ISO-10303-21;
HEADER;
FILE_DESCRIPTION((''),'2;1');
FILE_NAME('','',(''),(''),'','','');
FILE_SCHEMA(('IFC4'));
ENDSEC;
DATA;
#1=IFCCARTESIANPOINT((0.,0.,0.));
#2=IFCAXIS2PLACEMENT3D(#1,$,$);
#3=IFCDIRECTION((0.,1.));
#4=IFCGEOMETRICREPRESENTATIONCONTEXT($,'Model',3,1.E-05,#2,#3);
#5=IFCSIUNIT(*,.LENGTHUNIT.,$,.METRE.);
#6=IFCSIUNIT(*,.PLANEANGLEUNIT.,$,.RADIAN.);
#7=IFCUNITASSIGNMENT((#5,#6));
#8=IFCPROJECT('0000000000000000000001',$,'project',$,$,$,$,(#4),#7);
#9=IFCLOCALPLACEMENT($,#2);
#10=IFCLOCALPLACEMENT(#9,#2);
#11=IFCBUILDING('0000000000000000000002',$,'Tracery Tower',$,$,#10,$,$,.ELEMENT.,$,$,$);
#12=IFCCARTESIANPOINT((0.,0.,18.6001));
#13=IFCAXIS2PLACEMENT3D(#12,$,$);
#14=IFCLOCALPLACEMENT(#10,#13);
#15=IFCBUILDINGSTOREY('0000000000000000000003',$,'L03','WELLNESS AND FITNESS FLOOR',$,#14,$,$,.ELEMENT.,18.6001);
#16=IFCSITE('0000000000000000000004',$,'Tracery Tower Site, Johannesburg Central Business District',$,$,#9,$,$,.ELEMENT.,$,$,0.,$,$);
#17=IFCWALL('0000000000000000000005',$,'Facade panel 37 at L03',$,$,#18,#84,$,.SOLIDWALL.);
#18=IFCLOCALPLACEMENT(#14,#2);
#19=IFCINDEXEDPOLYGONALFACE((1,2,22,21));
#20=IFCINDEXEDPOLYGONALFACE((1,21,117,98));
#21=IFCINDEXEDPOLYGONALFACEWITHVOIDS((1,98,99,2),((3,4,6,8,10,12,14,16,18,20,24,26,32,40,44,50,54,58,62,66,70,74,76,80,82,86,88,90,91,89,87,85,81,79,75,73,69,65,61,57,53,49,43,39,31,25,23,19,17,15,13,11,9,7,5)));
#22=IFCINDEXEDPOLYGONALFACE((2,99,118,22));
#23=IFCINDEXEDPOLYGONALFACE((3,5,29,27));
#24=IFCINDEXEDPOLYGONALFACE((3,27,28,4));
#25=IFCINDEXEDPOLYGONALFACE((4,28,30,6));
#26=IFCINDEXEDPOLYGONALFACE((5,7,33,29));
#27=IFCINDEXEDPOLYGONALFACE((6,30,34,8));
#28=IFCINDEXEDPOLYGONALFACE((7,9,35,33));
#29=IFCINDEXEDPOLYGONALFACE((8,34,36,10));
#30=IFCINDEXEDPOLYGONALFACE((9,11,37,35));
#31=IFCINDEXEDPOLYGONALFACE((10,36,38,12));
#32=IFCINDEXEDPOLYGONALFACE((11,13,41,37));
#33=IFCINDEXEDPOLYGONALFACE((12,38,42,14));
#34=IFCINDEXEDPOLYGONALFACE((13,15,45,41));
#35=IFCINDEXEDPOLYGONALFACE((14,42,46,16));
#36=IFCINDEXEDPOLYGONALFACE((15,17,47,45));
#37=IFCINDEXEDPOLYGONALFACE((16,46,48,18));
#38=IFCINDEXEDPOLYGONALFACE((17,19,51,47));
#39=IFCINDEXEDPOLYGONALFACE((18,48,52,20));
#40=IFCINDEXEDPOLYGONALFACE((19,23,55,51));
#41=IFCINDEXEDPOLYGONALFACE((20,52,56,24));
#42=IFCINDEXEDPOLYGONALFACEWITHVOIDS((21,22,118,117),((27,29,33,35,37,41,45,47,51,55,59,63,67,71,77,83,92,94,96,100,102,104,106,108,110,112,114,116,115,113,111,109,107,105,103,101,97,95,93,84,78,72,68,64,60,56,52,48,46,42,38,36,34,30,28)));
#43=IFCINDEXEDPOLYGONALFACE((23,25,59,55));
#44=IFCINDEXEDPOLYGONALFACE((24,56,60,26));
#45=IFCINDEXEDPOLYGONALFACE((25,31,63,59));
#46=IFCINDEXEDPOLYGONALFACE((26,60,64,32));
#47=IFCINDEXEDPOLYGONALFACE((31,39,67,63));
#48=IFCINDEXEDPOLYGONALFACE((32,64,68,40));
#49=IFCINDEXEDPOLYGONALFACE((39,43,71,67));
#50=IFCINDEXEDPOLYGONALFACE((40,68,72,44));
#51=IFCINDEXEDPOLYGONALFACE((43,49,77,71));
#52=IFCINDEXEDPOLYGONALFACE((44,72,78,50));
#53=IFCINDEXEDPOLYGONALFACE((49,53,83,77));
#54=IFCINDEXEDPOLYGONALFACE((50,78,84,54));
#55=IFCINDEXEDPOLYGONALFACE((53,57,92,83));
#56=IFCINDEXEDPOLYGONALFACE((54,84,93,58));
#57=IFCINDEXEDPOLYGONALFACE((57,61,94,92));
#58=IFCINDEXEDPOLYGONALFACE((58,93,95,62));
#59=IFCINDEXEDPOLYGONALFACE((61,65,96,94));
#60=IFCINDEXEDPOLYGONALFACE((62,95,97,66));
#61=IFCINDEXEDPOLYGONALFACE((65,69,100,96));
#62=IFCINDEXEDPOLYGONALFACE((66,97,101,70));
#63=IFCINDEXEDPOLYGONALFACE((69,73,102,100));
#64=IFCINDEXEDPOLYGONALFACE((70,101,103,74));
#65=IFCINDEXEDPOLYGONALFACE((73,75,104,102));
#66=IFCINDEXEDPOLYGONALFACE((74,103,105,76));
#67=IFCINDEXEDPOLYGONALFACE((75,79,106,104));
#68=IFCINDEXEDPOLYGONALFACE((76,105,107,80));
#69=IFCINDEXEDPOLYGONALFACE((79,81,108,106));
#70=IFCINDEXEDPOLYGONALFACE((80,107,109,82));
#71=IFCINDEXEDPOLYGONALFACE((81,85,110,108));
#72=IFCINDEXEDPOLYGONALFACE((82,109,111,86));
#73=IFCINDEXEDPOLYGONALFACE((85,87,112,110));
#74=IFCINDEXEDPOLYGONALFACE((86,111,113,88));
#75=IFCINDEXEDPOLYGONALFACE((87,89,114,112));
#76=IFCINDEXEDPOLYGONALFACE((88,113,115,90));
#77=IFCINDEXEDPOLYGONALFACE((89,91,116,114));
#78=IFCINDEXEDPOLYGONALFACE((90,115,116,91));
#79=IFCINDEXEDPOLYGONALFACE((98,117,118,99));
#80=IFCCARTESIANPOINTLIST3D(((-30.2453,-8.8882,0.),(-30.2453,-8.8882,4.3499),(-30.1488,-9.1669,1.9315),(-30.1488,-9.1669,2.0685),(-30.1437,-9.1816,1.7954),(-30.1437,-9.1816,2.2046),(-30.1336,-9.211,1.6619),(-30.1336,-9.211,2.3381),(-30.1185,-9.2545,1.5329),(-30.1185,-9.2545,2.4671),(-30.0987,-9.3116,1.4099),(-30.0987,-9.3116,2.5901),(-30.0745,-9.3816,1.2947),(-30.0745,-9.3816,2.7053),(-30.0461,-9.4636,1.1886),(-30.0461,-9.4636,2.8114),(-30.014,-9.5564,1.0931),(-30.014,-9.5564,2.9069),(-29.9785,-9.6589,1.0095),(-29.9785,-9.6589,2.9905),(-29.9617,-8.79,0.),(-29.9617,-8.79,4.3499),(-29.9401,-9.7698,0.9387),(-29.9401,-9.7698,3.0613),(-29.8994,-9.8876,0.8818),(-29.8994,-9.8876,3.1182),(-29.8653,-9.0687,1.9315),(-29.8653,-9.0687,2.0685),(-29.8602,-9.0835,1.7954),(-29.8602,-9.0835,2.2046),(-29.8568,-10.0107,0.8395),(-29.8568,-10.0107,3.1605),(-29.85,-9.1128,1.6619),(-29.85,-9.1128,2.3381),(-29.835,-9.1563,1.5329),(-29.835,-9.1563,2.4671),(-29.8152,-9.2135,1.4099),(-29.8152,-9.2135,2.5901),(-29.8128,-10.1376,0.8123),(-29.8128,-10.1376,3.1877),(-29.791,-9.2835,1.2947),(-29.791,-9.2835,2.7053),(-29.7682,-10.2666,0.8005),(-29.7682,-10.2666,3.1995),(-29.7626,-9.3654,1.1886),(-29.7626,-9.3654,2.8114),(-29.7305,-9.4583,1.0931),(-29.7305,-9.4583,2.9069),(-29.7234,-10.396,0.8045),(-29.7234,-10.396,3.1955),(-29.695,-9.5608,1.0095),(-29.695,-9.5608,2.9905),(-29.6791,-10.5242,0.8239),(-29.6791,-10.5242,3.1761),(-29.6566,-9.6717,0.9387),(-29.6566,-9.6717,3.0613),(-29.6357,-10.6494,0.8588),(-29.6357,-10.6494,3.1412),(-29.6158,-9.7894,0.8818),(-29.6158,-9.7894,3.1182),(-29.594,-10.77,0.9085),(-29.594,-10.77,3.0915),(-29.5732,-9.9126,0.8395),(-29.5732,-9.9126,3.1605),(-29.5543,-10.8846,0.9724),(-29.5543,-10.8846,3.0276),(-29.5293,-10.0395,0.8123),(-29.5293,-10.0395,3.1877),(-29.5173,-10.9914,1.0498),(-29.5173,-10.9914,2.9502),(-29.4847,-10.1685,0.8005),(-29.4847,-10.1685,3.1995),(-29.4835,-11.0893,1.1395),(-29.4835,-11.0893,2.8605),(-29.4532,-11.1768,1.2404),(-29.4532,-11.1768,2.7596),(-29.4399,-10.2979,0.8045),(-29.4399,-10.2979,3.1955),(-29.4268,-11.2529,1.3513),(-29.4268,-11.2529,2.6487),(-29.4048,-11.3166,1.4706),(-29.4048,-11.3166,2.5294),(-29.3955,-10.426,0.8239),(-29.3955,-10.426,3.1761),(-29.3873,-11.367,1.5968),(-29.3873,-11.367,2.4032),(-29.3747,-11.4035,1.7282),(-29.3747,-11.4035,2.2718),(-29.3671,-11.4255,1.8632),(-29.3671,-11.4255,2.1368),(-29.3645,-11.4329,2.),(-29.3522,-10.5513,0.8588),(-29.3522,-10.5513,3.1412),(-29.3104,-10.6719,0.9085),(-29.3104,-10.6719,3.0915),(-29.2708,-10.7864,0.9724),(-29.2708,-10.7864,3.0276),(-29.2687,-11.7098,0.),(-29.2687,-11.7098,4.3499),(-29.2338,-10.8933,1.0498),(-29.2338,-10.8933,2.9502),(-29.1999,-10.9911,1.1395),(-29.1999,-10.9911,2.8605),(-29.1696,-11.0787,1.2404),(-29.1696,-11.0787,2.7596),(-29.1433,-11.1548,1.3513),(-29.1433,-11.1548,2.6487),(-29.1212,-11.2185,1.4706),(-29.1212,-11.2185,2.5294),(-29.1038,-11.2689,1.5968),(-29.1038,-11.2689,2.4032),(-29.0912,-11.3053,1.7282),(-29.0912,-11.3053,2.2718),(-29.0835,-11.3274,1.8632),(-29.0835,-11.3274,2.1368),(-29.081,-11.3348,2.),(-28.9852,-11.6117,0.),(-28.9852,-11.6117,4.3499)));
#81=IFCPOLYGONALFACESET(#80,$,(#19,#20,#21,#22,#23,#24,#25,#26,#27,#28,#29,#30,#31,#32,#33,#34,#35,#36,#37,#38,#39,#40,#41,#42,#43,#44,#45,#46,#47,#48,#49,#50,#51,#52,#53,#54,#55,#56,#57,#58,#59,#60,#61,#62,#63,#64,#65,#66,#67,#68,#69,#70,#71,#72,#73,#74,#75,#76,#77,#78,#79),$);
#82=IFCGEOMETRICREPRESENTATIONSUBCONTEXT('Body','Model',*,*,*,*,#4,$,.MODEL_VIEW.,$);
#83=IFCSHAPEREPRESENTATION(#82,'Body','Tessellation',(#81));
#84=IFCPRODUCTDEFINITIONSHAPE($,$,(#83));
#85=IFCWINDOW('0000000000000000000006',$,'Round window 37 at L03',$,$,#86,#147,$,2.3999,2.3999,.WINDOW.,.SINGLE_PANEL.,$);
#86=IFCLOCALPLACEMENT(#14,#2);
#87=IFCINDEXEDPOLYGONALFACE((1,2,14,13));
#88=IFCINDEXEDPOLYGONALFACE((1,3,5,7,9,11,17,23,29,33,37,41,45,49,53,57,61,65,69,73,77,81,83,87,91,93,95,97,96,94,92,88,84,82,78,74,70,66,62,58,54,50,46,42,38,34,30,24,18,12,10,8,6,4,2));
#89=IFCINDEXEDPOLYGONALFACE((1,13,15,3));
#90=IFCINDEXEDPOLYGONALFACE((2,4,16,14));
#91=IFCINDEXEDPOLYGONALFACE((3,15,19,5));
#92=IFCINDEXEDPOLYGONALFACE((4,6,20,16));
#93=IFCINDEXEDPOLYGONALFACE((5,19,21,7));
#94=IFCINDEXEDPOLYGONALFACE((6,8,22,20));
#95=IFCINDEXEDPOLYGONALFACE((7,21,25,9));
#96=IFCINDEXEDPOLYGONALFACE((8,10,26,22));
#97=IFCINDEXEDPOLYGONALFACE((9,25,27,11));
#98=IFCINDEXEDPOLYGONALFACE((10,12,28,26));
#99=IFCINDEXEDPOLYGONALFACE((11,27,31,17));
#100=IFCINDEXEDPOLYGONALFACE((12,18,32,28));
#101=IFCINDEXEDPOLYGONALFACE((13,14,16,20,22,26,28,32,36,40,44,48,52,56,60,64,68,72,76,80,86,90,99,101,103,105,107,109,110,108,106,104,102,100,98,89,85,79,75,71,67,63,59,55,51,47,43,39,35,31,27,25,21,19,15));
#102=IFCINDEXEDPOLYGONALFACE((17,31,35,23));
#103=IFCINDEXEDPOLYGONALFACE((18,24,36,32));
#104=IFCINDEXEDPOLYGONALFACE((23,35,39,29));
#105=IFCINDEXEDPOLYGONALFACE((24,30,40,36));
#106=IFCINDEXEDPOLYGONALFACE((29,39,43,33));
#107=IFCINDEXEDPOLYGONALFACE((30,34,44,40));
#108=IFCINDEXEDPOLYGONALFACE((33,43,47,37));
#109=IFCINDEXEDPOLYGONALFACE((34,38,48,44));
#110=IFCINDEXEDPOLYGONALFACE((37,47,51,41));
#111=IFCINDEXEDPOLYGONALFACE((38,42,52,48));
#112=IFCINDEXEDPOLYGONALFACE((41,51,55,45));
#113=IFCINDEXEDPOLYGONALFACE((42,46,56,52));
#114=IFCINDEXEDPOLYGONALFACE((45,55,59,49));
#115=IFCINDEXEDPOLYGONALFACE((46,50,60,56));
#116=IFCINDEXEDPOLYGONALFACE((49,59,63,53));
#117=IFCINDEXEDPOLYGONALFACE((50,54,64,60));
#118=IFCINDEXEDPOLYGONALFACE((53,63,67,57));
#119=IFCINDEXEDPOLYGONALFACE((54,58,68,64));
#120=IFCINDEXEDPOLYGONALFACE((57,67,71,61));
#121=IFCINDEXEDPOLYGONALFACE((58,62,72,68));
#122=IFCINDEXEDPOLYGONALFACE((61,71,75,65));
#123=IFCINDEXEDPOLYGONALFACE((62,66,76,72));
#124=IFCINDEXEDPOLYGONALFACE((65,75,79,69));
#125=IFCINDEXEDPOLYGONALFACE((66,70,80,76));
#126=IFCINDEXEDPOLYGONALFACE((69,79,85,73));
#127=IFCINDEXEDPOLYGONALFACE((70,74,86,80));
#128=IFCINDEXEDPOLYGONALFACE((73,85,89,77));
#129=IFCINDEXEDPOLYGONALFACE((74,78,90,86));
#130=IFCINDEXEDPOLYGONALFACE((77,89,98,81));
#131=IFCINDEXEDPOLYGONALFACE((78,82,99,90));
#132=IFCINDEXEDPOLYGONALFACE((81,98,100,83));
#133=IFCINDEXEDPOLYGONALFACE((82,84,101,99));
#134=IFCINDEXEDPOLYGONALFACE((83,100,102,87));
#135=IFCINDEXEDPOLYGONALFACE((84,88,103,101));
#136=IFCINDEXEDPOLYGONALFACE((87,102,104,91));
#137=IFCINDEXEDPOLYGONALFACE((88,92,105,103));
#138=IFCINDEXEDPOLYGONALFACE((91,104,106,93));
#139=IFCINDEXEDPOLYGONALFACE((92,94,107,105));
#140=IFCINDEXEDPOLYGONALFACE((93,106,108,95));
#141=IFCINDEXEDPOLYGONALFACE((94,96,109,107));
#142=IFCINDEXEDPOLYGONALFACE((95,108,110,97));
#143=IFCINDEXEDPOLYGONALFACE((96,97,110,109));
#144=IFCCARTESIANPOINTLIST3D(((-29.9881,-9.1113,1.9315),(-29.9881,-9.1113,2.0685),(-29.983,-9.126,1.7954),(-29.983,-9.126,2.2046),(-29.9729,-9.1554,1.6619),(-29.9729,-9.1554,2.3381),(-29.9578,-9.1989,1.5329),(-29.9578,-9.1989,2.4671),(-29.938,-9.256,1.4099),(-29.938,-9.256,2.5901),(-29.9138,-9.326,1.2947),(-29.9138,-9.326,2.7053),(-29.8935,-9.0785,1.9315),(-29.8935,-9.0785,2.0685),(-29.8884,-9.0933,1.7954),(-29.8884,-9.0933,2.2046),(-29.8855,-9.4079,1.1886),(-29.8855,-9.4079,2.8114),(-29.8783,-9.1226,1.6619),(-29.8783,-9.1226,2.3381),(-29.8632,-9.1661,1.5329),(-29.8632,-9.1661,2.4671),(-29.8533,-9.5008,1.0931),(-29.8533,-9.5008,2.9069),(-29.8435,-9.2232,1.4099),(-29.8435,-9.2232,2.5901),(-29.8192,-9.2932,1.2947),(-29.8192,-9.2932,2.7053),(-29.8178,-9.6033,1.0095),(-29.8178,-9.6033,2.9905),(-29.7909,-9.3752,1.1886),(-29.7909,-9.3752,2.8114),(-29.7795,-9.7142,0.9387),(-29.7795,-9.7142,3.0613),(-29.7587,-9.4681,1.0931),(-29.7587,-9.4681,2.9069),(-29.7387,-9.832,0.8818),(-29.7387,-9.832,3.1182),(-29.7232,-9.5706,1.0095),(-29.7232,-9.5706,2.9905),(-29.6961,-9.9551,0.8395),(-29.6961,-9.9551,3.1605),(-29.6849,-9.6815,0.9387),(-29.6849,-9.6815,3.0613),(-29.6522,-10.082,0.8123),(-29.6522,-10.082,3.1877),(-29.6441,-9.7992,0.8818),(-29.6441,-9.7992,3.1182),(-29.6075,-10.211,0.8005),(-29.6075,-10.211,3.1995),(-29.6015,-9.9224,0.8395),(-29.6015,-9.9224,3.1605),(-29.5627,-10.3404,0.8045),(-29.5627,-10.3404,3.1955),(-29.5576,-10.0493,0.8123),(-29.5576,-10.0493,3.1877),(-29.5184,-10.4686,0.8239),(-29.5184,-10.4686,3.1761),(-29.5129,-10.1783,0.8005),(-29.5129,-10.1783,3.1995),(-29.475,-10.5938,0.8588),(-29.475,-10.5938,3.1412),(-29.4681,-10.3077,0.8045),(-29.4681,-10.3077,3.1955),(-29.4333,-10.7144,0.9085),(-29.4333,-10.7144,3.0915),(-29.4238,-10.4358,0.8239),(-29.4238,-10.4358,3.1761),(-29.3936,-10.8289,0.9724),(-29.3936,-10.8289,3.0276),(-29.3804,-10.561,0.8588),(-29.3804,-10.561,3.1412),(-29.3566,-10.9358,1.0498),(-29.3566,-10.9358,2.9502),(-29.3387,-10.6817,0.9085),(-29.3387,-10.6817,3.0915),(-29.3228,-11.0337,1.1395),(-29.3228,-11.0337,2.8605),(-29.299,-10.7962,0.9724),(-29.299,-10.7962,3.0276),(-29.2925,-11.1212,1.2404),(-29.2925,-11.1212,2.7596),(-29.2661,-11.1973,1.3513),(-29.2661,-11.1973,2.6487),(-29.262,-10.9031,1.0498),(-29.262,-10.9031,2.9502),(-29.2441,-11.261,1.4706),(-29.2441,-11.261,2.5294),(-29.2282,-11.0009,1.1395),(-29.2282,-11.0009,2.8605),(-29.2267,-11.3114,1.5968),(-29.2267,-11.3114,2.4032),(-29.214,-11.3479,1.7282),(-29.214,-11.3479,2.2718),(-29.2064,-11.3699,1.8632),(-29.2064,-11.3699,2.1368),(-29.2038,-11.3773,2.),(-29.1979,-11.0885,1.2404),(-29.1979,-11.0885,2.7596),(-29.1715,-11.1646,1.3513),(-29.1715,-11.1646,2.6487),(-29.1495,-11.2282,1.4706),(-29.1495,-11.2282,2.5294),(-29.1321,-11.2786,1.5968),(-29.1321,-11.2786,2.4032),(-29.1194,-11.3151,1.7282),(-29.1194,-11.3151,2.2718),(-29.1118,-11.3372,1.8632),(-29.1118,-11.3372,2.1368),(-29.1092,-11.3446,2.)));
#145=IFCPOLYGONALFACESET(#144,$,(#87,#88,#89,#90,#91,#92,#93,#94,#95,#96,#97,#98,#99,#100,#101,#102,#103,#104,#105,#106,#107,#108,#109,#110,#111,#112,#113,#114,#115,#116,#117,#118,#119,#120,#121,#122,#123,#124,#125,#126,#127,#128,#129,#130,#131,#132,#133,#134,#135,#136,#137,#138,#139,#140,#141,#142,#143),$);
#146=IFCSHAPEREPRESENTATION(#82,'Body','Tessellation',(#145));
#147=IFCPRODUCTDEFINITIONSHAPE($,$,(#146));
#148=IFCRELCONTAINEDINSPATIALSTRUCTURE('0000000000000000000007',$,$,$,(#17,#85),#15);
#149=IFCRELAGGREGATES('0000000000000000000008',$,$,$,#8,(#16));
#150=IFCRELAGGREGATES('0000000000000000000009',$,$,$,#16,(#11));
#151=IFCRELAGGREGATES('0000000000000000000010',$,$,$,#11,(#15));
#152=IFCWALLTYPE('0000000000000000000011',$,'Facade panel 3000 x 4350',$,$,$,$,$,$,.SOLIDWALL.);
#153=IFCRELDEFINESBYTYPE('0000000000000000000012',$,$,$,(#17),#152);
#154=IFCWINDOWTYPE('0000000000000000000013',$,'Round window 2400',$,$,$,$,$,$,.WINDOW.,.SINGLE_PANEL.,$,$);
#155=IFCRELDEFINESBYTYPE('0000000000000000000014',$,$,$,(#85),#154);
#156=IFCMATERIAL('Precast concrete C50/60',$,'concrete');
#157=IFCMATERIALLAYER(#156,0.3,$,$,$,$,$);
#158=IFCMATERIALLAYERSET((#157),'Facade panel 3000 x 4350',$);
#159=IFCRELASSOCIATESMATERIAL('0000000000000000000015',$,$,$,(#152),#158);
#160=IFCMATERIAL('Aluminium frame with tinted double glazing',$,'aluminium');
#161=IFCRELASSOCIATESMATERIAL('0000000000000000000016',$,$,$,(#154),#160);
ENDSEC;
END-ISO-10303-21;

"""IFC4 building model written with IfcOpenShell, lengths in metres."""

from ifc_helpers import new_model, si_unit, direction, frame, frame_2d, origin, origin_2d, place, context, subcontext, project, spatial, rectangle, circle, extrude, material, layer, layer_set, type_object, element, fill, save


model = new_model("IFC4")

# Units and contexts
model_context = context("Model", 3, precision=1e-05, world=origin(), true_north=direction((0.0, 1.0)))
body_context = subcontext(model_context, "Body", "Model", "MODEL_VIEW")
ifc_project = project(units=[si_unit("LENGTHUNIT", "METRE"), si_unit("PLANEANGLEUNIT", "RADIAN")], contexts=[model_context])

# Site, building, storey
site_placement = place(None, origin())
site = spatial("IfcSite", under=ifc_project, at=site_placement, Name="Tracery Tower Site, Johannesburg Central Business District", CompositionType="ELEMENT", RefElevation=0.0)
building_placement = place(site_placement, origin())
building = spatial("IfcBuilding", under=site, at=building_placement, Name="Tracery Tower", CompositionType="ELEMENT")
storey_placement = place(building_placement, frame((0.0, 0.0, 18.6001)))
storey = spatial("IfcBuildingStorey", under=building, at=storey_placement, Name="L03", Description="WELLNESS AND FITNESS FLOOR", CompositionType="ELEMENT", Elevation=18.6001)

# Wall, opening, window
ifc_material_1 = material(Name="Precast concrete C50/60", Category="concrete")
ifc_layer_1 = layer(ifc_material_1, 0.3)
ifc_layer_set_1 = layer_set([ifc_layer_1], Name="Facade panel 3000 x 4350")
wall_type_1 = type_object("IfcWallType", Name="Facade panel 3000 x 4350", PredefinedType="SOLIDWALL", material=ifc_layer_set_1)
ifc_material_2 = material(Name="Aluminium frame with tinted double glazing", Category="aluminium")
window_type = type_object("IfcWindowType", Name="Round window 2400", PartitioningType="SINGLE_PANEL", PredefinedType="WINDOW", material=ifc_material_2)
wall_1_placement = place(storey_placement, frame((-30.1035, -8.8391, 0.0), z_axis=(0.0, 0.0, 1.0), x_axis=(0.327074, -0.944999, 0.0)))
wall_1 = element("IfcWall", 1, at=wall_1_placement, inside=storey, type_object=wall_type_1, Name="Facade panel 37 at L03", PredefinedType="SOLIDWALL", context=body_context, shape_type="SweptSolid", body=[
    extrude(rectangle(XDim=2.9858, YDim=0.3, at=frame_2d((1.4929, 0.0))), origin(), (0.0, 0.0, 1.0), 4.3499),
])
opening_1_placement = place(wall_1_placement, frame((1.4929, 0.0, 2.0)))
opening_1 = element("IfcOpeningElement", 2, at=opening_1_placement, cuts=wall_1, PredefinedType="OPENING", context=body_context, shape_type="SweptSolid", body=[
    extrude(circle(Radius=1.2, at=origin_2d()), frame((0.0, 0.1599, 0.0), z_axis=(0.0, -1.0, 0.0), x_axis=(1.0, 0.0, 0.0)), (0.0, 0.0, 1.0), 0.3201),
])
window_1_placement = place(opening_1_placement, origin())
window_1 = element("IfcWindow", 3, at=window_1_placement, inside=storey, type_object=window_type, Name="Round window 37 at L03", OverallHeight=2.3999, OverallWidth=2.3999, PartitioningType="SINGLE_PANEL", PredefinedType="WINDOW", context=body_context, shape_type="SweptSolid", body=[
    extrude(circle(Radius=1.2, at=origin_2d()), frame((0.0, 0.1201, 0.0), z_axis=(0.0, -1.0, 0.0), x_axis=(1.0, 0.0, 0.0)), (0.0, 0.0, 1.0), 0.1001),
])
fill(opening_1, window_1)

save(model, "model.ifc")
